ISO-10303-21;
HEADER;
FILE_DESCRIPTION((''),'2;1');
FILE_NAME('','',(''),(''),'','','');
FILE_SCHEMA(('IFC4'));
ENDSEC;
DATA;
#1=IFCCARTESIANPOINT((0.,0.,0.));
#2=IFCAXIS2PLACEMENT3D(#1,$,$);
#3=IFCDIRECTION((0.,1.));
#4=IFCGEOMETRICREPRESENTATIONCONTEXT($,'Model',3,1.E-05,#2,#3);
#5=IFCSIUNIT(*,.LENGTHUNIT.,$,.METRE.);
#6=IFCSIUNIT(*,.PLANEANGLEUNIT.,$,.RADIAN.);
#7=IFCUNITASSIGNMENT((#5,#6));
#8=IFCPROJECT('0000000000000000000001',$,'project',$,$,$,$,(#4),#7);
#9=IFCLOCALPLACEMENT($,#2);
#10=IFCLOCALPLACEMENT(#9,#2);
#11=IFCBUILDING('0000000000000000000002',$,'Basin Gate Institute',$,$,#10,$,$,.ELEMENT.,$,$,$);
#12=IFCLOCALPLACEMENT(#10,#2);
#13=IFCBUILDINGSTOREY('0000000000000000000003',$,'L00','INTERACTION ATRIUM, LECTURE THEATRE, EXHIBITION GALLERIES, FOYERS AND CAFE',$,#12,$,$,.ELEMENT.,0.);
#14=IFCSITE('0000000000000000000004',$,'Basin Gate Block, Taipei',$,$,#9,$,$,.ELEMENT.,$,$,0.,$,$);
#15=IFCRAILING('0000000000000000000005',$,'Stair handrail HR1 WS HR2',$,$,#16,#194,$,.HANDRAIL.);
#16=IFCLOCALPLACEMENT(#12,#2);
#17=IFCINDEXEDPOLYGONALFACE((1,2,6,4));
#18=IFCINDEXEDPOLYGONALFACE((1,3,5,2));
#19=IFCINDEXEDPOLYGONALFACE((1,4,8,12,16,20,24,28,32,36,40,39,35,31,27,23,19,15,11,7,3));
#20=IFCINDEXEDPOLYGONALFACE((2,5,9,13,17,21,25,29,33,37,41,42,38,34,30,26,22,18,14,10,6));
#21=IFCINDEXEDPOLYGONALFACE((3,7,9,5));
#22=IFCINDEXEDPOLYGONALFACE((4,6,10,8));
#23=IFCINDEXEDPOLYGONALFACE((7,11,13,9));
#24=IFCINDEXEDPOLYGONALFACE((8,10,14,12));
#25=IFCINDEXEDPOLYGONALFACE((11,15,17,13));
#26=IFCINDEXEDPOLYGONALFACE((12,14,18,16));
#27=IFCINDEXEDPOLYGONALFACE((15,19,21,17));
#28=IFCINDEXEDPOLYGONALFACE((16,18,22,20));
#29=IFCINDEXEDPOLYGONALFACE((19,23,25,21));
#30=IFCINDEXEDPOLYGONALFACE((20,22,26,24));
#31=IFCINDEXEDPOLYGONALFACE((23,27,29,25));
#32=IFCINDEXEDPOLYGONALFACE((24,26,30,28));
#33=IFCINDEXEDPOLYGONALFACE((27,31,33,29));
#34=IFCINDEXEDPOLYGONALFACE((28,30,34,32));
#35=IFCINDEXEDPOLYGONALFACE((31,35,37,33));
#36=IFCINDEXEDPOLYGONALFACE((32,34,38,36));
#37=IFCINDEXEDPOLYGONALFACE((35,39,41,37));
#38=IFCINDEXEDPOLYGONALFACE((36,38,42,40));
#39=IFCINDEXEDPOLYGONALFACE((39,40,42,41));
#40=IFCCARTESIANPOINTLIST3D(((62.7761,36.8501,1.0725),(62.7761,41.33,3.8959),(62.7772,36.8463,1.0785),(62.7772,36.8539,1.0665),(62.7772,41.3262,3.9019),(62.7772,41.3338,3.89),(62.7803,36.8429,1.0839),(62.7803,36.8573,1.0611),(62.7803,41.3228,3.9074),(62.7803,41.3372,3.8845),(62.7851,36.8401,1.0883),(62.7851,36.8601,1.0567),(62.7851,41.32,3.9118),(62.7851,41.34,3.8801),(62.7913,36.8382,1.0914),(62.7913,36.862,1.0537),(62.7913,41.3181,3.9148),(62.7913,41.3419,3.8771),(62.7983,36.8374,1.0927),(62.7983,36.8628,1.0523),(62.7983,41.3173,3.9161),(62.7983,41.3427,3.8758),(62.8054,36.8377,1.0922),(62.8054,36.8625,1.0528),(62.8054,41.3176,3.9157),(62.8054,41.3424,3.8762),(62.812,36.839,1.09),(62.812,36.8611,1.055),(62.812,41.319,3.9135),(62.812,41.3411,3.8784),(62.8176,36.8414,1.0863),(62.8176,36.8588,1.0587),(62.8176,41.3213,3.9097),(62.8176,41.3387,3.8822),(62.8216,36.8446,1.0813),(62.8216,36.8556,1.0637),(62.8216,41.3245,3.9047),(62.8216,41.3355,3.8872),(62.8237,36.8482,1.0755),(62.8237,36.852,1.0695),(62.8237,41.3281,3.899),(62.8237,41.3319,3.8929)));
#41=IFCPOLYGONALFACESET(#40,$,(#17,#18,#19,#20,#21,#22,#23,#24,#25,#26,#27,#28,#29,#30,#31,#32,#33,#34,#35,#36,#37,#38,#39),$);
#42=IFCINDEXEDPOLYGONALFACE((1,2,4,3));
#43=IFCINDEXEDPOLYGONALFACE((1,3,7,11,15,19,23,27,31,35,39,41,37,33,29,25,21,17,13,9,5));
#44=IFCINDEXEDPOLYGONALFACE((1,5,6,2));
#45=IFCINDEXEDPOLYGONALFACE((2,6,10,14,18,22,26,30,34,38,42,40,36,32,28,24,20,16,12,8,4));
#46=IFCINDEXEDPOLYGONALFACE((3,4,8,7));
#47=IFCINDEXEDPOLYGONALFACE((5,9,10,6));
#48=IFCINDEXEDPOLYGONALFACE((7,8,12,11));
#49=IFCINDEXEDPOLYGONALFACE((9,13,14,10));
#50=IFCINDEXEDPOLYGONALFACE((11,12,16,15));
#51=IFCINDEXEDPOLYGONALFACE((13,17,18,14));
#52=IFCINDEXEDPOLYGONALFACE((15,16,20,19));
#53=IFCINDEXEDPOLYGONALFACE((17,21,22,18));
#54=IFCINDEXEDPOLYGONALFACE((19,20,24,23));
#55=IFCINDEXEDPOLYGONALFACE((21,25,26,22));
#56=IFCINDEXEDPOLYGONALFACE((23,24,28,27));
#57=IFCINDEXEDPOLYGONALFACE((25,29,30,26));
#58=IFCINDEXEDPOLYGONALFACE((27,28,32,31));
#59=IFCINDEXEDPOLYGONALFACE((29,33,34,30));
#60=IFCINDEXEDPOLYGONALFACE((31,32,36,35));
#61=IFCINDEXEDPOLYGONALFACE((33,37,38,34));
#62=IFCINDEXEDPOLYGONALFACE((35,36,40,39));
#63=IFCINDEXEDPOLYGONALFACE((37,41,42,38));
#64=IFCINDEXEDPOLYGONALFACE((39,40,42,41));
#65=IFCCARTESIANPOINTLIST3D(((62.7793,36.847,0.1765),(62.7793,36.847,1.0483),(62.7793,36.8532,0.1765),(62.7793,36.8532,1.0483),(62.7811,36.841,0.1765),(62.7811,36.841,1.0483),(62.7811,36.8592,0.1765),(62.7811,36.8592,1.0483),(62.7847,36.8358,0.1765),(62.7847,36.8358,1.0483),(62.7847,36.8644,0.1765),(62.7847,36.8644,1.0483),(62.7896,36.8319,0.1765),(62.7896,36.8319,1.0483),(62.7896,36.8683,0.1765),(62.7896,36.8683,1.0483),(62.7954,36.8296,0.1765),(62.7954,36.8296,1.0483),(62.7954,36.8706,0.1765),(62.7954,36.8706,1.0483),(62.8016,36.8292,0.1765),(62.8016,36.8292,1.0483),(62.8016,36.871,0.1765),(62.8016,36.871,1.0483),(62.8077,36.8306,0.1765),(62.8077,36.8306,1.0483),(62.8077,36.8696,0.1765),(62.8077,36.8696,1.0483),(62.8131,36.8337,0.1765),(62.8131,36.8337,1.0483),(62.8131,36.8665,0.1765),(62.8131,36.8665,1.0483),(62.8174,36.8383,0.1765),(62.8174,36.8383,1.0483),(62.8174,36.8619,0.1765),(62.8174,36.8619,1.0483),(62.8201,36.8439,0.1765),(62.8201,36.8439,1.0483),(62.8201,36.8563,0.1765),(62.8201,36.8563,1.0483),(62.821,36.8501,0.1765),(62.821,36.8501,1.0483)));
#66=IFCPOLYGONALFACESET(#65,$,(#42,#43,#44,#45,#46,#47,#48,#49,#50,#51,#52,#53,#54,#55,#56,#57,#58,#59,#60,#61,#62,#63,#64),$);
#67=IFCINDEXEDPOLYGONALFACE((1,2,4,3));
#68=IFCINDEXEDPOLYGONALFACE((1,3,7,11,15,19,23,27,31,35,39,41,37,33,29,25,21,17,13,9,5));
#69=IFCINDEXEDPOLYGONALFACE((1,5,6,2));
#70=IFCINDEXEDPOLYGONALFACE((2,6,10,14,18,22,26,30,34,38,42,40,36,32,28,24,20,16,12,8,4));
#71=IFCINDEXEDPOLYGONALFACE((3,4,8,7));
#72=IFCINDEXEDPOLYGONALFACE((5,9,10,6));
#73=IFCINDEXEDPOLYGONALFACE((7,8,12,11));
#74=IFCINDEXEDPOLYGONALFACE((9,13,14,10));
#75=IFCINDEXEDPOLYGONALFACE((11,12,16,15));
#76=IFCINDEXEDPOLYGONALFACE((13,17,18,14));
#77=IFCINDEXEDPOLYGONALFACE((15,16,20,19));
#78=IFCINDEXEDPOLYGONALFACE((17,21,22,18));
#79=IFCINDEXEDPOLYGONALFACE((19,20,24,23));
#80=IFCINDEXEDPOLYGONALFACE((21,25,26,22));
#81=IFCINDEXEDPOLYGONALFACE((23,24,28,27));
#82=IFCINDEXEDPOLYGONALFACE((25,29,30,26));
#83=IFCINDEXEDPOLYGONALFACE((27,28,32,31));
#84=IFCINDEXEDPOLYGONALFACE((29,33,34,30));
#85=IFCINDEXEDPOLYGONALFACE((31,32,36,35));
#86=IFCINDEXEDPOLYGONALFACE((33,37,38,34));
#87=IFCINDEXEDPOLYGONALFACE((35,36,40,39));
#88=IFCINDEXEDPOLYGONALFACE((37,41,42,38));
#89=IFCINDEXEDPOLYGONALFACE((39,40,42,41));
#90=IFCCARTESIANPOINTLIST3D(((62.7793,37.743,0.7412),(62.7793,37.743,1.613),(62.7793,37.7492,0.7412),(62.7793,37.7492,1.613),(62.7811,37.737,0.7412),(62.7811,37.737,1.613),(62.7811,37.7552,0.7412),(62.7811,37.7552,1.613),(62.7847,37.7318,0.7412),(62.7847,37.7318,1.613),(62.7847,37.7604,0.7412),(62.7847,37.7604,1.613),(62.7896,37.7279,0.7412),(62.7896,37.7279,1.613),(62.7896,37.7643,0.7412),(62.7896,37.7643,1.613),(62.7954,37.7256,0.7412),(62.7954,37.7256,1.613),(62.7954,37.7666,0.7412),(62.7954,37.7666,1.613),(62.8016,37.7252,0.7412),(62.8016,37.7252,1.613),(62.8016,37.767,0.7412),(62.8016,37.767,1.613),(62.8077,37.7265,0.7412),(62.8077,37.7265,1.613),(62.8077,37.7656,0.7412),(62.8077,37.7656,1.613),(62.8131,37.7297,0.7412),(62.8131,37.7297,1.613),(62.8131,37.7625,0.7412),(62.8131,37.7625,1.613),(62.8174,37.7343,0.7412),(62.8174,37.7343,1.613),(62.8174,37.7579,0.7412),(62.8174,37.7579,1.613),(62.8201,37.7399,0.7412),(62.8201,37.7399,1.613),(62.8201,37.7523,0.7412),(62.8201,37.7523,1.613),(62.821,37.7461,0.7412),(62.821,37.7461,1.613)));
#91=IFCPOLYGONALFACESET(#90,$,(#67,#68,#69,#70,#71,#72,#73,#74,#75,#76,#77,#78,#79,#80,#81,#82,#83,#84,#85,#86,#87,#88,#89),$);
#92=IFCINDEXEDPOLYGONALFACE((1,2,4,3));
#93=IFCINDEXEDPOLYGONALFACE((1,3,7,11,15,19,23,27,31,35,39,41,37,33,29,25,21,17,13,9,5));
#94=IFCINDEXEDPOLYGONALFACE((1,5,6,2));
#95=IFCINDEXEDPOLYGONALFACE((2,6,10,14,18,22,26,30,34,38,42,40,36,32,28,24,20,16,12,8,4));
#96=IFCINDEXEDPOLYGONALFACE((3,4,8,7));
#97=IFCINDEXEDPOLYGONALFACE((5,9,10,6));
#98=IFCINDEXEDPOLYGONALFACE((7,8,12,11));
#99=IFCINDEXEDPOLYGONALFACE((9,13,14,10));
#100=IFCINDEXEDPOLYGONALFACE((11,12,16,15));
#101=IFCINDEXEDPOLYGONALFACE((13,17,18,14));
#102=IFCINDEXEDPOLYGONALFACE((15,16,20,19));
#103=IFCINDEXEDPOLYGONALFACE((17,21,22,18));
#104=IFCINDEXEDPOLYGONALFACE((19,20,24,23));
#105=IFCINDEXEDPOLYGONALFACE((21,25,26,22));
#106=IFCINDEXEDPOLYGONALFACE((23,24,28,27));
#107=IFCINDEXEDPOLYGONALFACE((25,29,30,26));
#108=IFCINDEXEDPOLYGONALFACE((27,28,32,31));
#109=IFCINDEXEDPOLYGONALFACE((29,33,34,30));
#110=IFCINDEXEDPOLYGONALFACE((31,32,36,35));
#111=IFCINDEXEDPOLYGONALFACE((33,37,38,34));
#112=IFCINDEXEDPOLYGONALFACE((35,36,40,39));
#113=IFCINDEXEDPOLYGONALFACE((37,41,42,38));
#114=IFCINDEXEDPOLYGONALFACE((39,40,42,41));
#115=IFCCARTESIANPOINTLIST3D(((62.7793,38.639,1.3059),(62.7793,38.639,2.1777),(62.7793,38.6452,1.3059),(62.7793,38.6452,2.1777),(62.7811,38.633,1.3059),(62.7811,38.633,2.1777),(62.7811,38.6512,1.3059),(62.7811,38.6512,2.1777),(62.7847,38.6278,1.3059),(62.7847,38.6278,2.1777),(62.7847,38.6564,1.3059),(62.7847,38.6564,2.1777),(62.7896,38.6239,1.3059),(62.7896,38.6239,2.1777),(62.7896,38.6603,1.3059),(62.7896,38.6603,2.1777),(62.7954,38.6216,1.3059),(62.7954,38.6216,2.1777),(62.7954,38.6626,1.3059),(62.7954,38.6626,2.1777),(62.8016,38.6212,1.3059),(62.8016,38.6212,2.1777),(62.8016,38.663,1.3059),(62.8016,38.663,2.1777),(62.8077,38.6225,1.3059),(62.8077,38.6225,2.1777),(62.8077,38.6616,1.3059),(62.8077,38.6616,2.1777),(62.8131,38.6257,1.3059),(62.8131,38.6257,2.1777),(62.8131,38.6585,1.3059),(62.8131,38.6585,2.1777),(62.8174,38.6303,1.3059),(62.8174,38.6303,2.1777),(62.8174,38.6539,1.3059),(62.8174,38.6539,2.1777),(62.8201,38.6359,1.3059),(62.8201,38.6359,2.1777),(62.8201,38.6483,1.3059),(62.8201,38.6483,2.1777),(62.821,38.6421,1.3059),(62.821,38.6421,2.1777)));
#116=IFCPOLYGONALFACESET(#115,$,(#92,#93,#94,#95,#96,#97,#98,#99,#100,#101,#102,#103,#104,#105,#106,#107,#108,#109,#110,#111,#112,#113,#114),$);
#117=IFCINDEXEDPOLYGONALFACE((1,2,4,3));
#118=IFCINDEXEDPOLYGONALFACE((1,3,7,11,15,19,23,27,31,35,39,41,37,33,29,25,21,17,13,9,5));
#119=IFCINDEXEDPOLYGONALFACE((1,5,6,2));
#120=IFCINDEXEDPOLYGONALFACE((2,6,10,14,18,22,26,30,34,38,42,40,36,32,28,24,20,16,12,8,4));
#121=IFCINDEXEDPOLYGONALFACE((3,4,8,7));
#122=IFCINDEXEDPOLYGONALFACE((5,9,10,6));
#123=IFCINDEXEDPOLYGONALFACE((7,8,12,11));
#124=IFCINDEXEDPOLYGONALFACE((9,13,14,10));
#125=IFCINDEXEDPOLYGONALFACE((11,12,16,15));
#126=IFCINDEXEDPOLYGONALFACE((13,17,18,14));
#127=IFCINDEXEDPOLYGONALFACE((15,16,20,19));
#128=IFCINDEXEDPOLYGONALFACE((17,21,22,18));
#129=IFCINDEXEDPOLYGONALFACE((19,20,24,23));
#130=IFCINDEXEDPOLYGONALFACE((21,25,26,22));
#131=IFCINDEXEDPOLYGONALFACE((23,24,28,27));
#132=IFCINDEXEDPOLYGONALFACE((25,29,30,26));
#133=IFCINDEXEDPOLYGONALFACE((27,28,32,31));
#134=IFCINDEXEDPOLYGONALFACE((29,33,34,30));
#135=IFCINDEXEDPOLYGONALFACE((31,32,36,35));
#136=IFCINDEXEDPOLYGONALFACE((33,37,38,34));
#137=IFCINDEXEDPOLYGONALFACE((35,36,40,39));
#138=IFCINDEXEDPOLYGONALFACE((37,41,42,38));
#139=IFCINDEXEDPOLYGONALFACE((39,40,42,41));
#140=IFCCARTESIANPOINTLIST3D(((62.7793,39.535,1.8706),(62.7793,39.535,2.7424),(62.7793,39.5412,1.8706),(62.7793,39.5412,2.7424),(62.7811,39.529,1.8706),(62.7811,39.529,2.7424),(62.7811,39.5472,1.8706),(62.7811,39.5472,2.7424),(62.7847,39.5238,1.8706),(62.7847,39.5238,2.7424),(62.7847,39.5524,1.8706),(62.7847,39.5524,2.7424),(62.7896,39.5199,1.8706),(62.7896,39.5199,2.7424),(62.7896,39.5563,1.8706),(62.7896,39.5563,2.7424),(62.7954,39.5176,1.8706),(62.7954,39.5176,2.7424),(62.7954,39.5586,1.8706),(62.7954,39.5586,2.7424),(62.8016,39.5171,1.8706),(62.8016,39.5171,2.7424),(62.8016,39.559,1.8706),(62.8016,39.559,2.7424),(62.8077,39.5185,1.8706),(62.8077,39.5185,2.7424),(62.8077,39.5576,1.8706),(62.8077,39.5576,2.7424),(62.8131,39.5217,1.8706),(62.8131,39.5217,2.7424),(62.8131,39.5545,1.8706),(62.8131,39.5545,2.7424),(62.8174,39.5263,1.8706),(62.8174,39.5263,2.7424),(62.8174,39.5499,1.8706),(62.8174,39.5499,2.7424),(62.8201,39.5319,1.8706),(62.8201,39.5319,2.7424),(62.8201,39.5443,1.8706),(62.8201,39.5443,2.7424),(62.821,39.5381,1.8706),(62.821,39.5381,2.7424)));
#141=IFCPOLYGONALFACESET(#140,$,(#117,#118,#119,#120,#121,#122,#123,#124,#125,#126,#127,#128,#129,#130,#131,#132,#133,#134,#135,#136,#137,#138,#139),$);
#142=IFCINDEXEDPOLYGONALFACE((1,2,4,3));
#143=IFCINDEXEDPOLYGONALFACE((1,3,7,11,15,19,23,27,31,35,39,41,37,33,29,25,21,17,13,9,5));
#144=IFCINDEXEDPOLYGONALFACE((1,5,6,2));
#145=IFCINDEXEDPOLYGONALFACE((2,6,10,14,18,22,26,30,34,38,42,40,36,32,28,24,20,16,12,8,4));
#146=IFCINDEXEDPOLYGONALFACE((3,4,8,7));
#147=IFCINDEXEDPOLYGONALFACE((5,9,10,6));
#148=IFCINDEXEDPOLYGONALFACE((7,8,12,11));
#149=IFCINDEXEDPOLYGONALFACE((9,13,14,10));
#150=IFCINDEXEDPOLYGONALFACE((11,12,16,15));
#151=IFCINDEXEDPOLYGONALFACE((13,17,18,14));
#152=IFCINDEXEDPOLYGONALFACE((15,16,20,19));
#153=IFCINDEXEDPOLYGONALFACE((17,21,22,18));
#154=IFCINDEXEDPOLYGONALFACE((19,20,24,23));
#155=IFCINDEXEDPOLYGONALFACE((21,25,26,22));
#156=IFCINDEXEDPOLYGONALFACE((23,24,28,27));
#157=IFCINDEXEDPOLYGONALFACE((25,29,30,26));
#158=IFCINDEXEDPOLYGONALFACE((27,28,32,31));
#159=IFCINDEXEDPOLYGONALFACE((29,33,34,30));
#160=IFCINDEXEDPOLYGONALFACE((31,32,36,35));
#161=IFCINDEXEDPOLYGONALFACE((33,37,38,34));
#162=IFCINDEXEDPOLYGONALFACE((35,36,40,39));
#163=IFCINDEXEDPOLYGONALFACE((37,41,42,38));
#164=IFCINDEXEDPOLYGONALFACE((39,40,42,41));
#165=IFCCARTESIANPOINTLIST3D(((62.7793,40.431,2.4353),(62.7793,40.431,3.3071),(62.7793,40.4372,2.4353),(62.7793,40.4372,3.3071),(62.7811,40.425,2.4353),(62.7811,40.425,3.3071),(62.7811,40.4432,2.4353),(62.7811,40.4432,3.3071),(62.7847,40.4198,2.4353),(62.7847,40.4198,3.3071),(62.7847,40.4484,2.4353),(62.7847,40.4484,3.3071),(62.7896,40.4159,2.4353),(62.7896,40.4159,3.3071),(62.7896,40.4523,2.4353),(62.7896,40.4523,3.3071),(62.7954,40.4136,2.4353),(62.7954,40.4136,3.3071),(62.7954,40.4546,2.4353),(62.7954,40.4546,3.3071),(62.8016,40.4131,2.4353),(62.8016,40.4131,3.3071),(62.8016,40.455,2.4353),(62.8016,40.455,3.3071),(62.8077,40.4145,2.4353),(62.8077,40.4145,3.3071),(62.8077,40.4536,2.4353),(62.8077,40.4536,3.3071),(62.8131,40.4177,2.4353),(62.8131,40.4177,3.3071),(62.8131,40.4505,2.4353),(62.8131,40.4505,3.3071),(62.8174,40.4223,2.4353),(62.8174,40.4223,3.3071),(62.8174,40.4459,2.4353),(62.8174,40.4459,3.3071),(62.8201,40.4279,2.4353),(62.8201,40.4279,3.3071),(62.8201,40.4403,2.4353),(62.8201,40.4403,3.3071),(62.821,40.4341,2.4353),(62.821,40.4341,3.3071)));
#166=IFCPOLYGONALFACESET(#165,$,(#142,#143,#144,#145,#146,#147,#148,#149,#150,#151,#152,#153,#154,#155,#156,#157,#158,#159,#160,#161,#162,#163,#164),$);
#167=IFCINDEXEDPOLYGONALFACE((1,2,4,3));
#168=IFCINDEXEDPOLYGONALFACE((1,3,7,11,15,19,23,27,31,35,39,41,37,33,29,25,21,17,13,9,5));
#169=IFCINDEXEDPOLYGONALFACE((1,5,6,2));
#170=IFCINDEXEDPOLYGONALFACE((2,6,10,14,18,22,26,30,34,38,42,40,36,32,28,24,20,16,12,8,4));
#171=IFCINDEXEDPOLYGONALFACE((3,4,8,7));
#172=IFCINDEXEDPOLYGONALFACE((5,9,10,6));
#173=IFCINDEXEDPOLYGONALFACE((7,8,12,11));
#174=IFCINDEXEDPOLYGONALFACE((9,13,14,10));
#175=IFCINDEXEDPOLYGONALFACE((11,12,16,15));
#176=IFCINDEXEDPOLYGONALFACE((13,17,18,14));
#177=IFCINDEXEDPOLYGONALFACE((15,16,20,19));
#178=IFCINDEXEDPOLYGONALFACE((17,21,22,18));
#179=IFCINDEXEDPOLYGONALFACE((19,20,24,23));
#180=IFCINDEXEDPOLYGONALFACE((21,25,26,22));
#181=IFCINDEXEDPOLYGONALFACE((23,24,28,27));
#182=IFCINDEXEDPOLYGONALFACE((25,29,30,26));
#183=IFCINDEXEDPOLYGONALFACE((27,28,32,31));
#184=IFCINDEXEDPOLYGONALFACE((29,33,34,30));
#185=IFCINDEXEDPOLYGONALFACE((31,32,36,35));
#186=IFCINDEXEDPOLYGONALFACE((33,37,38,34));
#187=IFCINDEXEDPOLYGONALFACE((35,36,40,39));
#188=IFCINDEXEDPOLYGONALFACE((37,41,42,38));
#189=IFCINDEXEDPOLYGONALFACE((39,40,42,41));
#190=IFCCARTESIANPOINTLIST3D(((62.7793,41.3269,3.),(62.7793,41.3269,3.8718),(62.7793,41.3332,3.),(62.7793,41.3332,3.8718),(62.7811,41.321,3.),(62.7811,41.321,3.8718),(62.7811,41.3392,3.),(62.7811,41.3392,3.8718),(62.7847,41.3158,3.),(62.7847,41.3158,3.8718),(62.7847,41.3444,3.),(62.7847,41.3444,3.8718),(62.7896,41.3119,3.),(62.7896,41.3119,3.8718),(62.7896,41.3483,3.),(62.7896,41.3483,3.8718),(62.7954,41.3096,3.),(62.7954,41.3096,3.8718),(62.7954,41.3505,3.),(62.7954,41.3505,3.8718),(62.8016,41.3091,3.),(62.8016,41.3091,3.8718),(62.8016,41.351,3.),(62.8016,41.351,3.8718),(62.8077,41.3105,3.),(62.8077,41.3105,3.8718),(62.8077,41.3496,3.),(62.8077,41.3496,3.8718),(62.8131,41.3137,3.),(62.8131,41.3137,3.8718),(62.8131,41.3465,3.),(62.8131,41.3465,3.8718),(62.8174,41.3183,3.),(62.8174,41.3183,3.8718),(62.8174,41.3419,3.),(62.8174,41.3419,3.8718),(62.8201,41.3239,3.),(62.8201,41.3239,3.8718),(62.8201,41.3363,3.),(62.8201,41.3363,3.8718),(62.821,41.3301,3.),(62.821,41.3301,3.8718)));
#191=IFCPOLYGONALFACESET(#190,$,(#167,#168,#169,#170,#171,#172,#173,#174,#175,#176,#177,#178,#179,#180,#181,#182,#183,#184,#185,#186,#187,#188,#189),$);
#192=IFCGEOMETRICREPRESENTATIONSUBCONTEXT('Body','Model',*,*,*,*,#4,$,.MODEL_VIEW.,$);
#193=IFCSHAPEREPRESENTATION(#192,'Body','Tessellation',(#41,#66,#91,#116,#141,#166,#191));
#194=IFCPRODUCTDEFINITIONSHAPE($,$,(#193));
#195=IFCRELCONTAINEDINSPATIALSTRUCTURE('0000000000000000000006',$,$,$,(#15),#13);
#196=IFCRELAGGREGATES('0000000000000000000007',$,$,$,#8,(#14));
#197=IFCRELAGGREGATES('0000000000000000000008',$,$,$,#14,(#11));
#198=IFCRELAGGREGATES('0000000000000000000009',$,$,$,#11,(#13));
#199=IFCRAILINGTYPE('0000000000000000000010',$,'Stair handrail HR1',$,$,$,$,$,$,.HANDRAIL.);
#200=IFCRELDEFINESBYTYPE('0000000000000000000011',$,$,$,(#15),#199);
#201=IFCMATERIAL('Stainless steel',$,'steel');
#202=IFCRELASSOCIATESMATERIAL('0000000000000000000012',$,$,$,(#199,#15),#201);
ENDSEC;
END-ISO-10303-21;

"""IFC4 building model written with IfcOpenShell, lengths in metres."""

from ifc_helpers import new_model, si_unit, direction, frame, origin, origin_2d, place, context, subcontext, project, spatial, circle, extrude, material, type_object, element, save


model = new_model("IFC4")

# Units and contexts
model_context = context("Model", 3, precision=1e-05, world=origin(), true_north=direction((0.0, 1.0)))
body_context = subcontext(model_context, "Body", "Model", "MODEL_VIEW")
ifc_project = project(units=[si_unit("LENGTHUNIT", "METRE"), si_unit("PLANEANGLEUNIT", "RADIAN")], contexts=[model_context])

# Site, building, storey
site_placement = place(None, origin())
site = spatial("IfcSite", under=ifc_project, at=site_placement, Name="Basin Gate Block, Taipei", CompositionType="ELEMENT", RefElevation=0.0)
building_placement = place(site_placement, origin())
building = spatial("IfcBuilding", under=site, at=building_placement, Name="Basin Gate Institute", CompositionType="ELEMENT")
storey_placement = place(building_placement, origin())
storey = spatial("IfcBuildingStorey", under=building, at=storey_placement, Name="L00", Description="INTERACTION ATRIUM, LECTURE THEATRE, EXHIBITION GALLERIES, FOYERS AND CAFE", CompositionType="ELEMENT", Elevation=0.0)

# Railing
ifc_material_1 = material(Name="Stainless steel", Category="steel")
railing_type_1 = type_object("IfcRailingType", Name="Stair handrail HR1", PredefinedType="HANDRAIL", material=ifc_material_1)
for number, where, name in (
    (1, (62.8, 36.8501, 0.1765), "Stair handrail HR1 WS HR2"),
):
    element("IfcRailing", number, at=place(storey_placement, frame(where)), inside=storey, type_object=railing_type_1, material=ifc_material_1, Name=name, PredefinedType="HANDRAIL", context=body_context, shape_type="SweptSolid", body=[
        extrude(circle(Radius=0.0239, at=origin_2d()), frame((0.0, 0.0, 0.896), z_axis=(0.0, 0.845998, 0.533186), x_axis=(-1.0, 0.0, 0.0)), (0.0, 0.0, 1.0), 5.2954),
        extrude(circle(Radius=0.021, at=origin_2d()), origin(), (0.0, 0.0, 1.0), 0.8718),
        extrude(circle(Radius=0.021, at=origin_2d()), frame((0.0, 0.896, 0.5647)), (0.0, 0.0, 1.0), 0.8718),
        extrude(circle(Radius=0.021, at=origin_2d()), frame((0.0, 1.792, 1.1294)), (0.0, 0.0, 1.0), 0.8718),
        extrude(circle(Radius=0.021, at=origin_2d()), frame((0.0, 2.688, 1.6941)), (0.0, 0.0, 1.0), 0.8718),
        extrude(circle(Radius=0.021, at=origin_2d()), frame((0.0, 3.584, 2.2588)), (0.0, 0.0, 1.0), 0.8718),
        extrude(circle(Radius=0.021, at=origin_2d()), frame((0.0, 4.48, 2.8235)), (0.0, 0.0, 1.0), 0.8718),
    ])

save(model, "model.ifc")
